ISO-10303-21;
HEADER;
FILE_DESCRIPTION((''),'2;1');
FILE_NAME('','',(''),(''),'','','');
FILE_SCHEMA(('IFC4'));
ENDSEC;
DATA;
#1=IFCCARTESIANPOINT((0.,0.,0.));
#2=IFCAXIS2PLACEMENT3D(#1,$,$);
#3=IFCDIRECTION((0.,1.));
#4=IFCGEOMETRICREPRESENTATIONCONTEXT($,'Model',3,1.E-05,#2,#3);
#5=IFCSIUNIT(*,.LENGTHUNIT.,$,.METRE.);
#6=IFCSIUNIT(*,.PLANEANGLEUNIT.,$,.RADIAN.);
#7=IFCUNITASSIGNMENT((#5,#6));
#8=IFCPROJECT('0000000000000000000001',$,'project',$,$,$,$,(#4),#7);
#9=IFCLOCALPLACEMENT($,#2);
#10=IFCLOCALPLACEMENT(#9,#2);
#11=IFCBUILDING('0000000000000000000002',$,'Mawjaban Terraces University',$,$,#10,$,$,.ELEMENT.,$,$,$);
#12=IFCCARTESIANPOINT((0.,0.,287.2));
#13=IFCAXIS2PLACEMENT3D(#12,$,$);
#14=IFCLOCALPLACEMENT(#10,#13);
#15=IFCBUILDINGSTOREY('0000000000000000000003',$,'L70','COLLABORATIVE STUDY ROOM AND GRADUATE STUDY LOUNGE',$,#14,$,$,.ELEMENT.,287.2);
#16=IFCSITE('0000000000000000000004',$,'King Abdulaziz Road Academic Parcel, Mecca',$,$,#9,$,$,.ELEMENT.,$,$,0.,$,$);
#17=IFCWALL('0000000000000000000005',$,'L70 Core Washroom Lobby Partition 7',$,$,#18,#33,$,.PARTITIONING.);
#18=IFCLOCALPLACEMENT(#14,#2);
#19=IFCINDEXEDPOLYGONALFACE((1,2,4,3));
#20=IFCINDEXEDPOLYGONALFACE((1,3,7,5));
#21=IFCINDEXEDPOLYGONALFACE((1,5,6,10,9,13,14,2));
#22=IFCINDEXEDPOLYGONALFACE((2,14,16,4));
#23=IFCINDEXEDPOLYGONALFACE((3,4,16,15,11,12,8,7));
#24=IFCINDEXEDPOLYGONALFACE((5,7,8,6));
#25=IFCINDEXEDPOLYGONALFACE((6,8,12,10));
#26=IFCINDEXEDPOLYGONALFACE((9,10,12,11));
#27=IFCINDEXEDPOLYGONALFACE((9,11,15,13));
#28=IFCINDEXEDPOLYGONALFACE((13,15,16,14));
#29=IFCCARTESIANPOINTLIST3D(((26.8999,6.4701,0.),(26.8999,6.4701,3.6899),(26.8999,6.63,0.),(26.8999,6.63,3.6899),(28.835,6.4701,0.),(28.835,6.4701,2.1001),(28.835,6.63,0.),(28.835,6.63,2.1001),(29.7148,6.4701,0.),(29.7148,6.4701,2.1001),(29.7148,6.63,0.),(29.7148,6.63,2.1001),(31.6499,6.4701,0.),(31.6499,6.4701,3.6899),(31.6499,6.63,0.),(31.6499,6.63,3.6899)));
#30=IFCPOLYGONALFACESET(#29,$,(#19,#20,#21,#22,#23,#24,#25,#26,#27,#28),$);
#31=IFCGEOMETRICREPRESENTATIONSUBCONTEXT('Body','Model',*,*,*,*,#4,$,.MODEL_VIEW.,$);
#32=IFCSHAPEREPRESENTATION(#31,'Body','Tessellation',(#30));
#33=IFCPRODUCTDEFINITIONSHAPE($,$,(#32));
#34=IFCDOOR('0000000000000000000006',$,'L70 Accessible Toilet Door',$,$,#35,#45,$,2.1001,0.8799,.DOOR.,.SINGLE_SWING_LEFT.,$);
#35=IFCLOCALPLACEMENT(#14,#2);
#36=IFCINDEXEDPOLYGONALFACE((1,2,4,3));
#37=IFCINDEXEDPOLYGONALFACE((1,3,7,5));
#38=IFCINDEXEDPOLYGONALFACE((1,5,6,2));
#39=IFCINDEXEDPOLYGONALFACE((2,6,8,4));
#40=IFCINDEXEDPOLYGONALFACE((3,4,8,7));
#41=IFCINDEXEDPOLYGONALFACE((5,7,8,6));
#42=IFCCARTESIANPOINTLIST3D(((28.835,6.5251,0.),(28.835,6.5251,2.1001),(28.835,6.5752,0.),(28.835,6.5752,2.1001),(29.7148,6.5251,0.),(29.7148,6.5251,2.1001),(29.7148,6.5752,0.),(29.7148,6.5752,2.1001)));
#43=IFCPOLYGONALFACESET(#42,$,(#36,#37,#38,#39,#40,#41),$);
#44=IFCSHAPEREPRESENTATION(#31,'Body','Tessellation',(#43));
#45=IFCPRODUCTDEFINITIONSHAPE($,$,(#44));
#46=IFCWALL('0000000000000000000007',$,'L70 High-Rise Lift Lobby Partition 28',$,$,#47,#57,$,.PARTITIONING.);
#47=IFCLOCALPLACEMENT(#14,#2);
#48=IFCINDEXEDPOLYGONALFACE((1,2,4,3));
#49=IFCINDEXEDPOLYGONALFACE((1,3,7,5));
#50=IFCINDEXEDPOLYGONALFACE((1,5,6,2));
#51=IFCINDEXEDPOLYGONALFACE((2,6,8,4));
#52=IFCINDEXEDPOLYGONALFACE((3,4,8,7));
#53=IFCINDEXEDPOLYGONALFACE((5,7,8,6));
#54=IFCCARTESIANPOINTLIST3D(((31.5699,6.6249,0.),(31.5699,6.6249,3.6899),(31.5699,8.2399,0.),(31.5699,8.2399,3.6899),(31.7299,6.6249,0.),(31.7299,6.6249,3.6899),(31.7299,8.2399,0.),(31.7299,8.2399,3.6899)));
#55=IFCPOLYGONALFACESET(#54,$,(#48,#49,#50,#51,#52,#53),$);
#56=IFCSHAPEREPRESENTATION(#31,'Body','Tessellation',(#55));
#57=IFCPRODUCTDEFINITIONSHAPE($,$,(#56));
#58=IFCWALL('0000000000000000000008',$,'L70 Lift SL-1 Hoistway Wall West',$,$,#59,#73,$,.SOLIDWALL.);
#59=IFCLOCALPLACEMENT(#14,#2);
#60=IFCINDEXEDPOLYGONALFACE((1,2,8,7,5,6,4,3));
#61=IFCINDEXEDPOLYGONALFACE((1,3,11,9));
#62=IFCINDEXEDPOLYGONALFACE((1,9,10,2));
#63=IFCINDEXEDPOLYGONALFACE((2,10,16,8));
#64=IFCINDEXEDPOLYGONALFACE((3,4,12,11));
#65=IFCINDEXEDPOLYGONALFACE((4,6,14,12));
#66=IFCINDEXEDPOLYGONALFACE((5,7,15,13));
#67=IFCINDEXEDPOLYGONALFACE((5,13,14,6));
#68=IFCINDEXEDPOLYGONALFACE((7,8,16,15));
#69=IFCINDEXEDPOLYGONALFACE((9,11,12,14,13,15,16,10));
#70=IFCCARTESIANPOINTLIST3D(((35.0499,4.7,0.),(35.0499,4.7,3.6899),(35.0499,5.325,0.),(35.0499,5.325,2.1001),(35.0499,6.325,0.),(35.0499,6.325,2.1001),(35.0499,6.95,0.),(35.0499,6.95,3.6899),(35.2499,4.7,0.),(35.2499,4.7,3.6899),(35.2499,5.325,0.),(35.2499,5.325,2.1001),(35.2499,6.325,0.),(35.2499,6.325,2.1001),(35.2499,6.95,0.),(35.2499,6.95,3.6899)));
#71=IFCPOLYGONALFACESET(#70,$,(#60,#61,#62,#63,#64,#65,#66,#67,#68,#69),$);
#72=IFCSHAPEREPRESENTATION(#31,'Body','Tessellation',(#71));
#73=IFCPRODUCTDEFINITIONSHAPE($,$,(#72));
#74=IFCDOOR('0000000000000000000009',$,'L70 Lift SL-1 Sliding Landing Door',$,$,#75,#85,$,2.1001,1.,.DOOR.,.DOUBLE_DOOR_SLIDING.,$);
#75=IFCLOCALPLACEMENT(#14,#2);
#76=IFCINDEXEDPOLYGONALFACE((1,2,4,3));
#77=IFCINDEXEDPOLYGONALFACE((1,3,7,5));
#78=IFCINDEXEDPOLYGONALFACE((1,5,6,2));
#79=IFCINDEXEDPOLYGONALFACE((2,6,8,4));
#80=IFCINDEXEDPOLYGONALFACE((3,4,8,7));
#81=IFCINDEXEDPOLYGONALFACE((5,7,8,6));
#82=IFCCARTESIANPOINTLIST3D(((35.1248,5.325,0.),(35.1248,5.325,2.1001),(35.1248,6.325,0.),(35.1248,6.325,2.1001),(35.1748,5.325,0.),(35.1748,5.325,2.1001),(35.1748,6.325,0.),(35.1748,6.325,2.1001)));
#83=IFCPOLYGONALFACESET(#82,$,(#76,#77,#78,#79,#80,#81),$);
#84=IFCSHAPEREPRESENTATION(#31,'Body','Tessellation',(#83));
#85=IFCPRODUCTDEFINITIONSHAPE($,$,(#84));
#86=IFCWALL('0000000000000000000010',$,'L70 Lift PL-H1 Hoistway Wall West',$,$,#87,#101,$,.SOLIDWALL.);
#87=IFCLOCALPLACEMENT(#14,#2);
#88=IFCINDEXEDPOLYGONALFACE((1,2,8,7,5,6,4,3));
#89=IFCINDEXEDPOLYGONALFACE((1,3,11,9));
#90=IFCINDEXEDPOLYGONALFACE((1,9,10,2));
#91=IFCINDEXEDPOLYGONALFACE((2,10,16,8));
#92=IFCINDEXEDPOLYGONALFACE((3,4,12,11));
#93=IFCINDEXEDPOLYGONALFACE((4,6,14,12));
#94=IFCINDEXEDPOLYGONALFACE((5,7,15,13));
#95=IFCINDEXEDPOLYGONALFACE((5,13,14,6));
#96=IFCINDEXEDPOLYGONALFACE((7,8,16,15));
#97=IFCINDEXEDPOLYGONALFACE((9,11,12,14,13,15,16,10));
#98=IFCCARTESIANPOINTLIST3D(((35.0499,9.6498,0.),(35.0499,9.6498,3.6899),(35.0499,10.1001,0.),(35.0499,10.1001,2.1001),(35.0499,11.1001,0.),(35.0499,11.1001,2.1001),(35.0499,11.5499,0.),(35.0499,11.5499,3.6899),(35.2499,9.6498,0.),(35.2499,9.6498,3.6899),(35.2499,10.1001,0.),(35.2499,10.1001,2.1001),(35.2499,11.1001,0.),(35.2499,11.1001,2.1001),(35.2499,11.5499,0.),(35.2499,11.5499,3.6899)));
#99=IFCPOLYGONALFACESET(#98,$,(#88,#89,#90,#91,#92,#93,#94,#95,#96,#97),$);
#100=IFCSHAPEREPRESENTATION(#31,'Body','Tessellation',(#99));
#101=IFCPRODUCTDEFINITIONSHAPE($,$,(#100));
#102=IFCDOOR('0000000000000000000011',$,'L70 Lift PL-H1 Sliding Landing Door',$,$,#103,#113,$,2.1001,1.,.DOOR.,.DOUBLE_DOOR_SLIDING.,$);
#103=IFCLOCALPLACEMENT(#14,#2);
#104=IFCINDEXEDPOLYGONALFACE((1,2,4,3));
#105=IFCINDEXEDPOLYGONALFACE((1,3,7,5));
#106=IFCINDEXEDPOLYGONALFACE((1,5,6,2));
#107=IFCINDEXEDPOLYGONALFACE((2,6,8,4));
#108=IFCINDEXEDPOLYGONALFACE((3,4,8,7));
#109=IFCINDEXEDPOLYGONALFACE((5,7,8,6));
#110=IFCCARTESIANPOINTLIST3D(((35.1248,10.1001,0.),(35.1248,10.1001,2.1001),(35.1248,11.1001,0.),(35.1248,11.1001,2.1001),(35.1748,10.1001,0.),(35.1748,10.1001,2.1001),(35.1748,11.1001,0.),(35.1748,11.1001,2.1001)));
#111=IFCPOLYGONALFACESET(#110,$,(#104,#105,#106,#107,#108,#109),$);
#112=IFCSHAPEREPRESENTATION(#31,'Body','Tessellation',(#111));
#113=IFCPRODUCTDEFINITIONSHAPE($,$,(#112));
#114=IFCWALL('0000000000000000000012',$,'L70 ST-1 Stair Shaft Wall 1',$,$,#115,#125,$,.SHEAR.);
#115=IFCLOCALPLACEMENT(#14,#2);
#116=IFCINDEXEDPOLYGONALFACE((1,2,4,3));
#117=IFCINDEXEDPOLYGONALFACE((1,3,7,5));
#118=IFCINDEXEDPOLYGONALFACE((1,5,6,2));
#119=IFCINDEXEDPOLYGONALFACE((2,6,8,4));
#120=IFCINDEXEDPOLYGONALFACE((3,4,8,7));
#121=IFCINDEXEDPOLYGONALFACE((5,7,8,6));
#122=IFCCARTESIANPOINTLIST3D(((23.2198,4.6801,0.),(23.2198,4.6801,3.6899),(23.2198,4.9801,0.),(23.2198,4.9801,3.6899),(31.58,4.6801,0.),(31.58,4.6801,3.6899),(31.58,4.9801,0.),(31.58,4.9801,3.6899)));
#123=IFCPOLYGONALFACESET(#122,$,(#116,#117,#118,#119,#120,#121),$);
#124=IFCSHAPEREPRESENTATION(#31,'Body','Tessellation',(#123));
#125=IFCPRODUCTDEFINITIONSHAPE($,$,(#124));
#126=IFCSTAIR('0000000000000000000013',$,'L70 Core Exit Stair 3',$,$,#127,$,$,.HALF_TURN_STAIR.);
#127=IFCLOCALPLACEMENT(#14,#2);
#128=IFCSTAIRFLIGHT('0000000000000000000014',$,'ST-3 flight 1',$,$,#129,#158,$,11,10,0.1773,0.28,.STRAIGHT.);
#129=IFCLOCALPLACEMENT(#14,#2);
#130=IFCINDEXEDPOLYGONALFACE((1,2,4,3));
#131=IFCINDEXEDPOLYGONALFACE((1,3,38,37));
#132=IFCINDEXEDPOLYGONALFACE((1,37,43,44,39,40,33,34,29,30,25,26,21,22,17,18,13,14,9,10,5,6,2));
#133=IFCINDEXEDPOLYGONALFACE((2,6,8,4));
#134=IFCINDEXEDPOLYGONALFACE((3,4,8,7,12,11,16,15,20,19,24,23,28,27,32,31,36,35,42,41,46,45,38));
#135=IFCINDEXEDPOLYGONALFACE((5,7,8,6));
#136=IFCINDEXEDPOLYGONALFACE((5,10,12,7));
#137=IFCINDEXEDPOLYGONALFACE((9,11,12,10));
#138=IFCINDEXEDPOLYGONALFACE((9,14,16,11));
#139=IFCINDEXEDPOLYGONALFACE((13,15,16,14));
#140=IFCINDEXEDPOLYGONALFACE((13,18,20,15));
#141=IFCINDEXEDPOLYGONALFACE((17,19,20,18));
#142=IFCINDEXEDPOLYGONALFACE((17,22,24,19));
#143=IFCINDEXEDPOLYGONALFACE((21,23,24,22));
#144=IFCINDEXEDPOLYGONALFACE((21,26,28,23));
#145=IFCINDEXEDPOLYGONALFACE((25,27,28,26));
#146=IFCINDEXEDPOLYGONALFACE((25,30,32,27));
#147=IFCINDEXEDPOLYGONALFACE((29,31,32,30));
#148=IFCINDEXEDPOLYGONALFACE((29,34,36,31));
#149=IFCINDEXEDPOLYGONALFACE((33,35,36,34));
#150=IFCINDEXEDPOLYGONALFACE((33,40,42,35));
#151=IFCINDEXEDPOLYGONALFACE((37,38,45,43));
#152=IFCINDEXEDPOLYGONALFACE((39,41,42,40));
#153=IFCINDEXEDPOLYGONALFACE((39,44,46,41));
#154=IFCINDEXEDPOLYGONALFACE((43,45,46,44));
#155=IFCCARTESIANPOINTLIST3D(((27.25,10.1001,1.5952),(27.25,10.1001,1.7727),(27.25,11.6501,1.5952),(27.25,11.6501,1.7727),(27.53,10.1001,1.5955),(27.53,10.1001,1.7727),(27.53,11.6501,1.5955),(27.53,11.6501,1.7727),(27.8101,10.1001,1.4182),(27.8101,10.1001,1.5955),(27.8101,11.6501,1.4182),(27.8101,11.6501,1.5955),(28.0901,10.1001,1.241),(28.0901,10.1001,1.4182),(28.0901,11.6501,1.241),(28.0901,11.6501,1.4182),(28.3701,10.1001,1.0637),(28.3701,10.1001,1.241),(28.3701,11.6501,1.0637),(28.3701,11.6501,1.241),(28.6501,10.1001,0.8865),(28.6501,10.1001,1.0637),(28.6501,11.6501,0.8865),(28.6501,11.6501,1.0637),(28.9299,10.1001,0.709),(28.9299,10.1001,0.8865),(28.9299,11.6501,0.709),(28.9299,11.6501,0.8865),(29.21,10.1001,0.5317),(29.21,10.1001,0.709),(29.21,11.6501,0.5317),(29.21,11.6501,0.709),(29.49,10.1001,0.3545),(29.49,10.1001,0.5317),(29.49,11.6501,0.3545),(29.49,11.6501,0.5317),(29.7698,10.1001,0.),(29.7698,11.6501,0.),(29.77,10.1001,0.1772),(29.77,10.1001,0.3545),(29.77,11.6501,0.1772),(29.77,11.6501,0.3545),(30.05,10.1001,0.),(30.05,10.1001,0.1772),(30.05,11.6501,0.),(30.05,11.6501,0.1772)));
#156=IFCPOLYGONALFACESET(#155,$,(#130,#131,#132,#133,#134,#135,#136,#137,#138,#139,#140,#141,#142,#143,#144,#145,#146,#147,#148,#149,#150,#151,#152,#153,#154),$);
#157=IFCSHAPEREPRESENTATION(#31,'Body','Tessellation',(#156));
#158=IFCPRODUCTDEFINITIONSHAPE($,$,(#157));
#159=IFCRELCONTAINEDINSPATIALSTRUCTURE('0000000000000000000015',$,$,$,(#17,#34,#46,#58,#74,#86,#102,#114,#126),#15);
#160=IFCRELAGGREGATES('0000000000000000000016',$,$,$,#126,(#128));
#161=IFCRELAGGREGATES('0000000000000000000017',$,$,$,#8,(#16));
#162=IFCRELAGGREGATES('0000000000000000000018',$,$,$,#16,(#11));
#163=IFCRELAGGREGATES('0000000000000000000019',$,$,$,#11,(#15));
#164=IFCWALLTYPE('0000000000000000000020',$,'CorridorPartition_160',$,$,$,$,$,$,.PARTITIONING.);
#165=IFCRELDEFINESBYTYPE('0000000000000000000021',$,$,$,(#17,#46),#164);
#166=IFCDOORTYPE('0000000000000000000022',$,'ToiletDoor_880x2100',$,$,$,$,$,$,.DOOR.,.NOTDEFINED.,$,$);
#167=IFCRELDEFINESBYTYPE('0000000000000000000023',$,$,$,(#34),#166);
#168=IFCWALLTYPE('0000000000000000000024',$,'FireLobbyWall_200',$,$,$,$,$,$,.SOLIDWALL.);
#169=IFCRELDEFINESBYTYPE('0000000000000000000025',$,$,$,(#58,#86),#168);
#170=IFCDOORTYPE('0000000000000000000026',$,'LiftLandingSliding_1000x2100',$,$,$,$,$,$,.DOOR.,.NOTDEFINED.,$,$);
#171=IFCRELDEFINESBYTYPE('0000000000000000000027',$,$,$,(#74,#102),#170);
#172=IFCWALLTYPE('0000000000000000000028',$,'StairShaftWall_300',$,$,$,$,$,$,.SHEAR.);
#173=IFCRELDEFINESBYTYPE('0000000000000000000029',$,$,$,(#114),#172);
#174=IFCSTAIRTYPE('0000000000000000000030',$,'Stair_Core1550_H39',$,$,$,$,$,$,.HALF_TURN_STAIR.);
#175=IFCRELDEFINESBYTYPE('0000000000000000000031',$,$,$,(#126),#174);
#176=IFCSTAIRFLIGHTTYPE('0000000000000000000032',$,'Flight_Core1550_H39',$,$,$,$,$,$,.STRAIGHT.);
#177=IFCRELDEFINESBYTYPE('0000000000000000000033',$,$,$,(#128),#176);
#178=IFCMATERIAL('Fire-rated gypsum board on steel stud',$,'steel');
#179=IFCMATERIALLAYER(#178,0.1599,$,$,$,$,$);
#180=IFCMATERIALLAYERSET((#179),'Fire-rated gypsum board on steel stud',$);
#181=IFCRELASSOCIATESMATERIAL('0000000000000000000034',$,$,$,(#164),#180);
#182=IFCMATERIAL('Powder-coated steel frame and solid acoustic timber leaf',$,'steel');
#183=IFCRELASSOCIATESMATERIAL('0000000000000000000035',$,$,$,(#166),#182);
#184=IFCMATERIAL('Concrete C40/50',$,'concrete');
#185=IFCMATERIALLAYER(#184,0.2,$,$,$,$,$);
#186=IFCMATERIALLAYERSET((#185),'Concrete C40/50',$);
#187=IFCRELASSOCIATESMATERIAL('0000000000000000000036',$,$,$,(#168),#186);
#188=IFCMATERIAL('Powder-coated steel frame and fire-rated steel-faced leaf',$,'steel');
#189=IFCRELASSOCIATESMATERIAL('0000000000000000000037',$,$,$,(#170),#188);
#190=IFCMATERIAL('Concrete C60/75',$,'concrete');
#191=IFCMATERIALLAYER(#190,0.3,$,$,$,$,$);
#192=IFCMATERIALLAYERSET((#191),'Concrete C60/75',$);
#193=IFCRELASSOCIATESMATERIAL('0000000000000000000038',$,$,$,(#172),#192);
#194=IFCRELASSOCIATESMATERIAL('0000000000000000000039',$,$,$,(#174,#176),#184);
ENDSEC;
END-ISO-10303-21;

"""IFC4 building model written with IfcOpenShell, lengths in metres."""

from ifc_helpers import new_model, si_unit, direction, frame, frame_2d, origin, place, context, subcontext, project, spatial, polyline, rectangle, outline, extrude, material, layer, layer_set, type_object, element, fill, aggregate, save


model = new_model("IFC4")

# Units and contexts
model_context = context("Model", 3, precision=1e-05, world=origin(), true_north=direction((0.0, 1.0)))
body_context = subcontext(model_context, "Body", "Model", "MODEL_VIEW")
ifc_project = project(units=[si_unit("LENGTHUNIT", "METRE"), si_unit("PLANEANGLEUNIT", "RADIAN")], contexts=[model_context])

# Site, building, storey
site_placement = place(None, origin())
site = spatial("IfcSite", under=ifc_project, at=site_placement, Name="King Abdulaziz Road Academic Parcel, Mecca", CompositionType="ELEMENT", RefElevation=0.0)
building_placement = place(site_placement, origin())
building = spatial("IfcBuilding", under=site, at=building_placement, Name="Mawjaban Terraces University", CompositionType="ELEMENT")
storey_placement = place(building_placement, frame((0.0, 0.0, 287.2)))
storey = spatial("IfcBuildingStorey", under=building, at=storey_placement, Name="L70", Description="COLLABORATIVE STUDY ROOM AND GRADUATE STUDY LOUNGE", CompositionType="ELEMENT", Elevation=287.2)

# Wall, opening, door
ifc_material_1 = material(Name="Fire-rated gypsum board on steel stud", Category="steel")
ifc_layer_1 = layer(ifc_material_1, 0.1599)
ifc_layer_set_1 = layer_set([ifc_layer_1], Name="Fire-rated gypsum board on steel stud")
wall_type_1 = type_object("IfcWallType", Name="CorridorPartition_160", PredefinedType="PARTITIONING", material=ifc_layer_set_1)
wall_1_placement = place(storey_placement, frame((31.6499, 6.55, 0.0), z_axis=(0.0, 0.0, 1.0), x_axis=(-1.0, 0.0, 0.0)))
wall_1 = element("IfcWall", 1, at=wall_1_placement, inside=storey, type_object=wall_type_1, Name="L70 Core Washroom Lobby Partition 7", PredefinedType="PARTITIONING", context=body_context, shape_type="SweptSolid", body=[
    extrude(rectangle(XDim=4.75, YDim=0.1599, at=frame_2d((2.375, 0.0))), origin(), (0.0, 0.0, 1.0), 3.6899),
])
opening_1_placement = place(wall_1_placement, frame((1.9351, 0.0, 0.0)))
opening_1 = element("IfcOpeningElement", 2, at=opening_1_placement, cuts=wall_1, PredefinedType="OPENING", context=body_context, shape_type="SweptSolid", body=[
    extrude(rectangle(XDim=0.8799, YDim=2.1001, at=frame_2d((0.4399, 1.05))), frame((0.0, 0.0898, 0.0), z_axis=(0.0, -1.0, 0.0), x_axis=(1.0, 0.0, 0.0)), (0.0, 0.0, 1.0), 0.1799),
])
ifc_material_2 = material(Name="Powder-coated steel frame and solid acoustic timber leaf", Category="steel")
door_type_1 = type_object("IfcDoorType", Name="ToiletDoor_880x2100", OperationType="NOTDEFINED", PredefinedType="DOOR", material=ifc_material_2)
door_1_placement = place(opening_1_placement, origin())
door_1 = element("IfcDoor", 3, at=door_1_placement, inside=storey, type_object=door_type_1, Name="L70 Accessible Toilet Door", OperationType="SINGLE_SWING_LEFT", OverallHeight=2.1001, OverallWidth=0.8799, PredefinedType="DOOR", context=body_context, shape_type="SweptSolid", body=[
    extrude(rectangle(XDim=0.8799, YDim=2.1001, at=frame_2d((0.4399, 1.05))), frame((0.0, 0.0249, 0.0), z_axis=(0.0, -1.0, 0.0), x_axis=(1.0, 0.0, 0.0)), (0.0, 0.0, 1.0), 0.05),
])
fill(opening_1, door_1)

# Wall
wall_2_placement = place(storey_placement, frame((31.6499, 8.24, 0.0), z_axis=(0.0, 0.0, 1.0), x_axis=(0.0, -1.0, 0.0)))
element("IfcWall", 4, at=wall_2_placement, inside=storey, type_object=wall_type_1, Name="L70 High-Rise Lift Lobby Partition 28", PredefinedType="PARTITIONING", context=body_context, shape_type="SweptSolid", body=[
    extrude(rectangle(XDim=1.615, YDim=0.1599, at=frame_2d((0.8076, 0.0))), origin(), (0.0, 0.0, 1.0), 3.6899),
])

# Walls, openings, doors
ifc_material_3 = material(Name="Concrete C40/50", Category="concrete")
ifc_layer_2 = layer(ifc_material_3, 0.2)
ifc_layer_set_2 = layer_set([ifc_layer_2], Name="Concrete C40/50")
wall_type_2 = type_object("IfcWallType", Name="FireLobbyWall_200", PredefinedType="SOLIDWALL", material=ifc_layer_set_2)
wall_3_placement = place(storey_placement, frame((35.1499, 6.95, 0.0), z_axis=(0.0, 0.0, 1.0), x_axis=(0.0, -1.0, 0.0)))
wall_3 = element("IfcWall", 5, at=wall_3_placement, inside=storey, type_object=wall_type_2, Name="L70 Lift SL-1 Hoistway Wall West", PredefinedType="SOLIDWALL", context=body_context, shape_type="SweptSolid", body=[
    extrude(rectangle(XDim=2.25, YDim=0.2, at=frame_2d((1.125, 0.0))), origin(), (0.0, 0.0, 1.0), 3.6899),
])
opening_2_placement = place(wall_3_placement, frame((0.625, 0.0, 0.0)))
opening_2 = element("IfcOpeningElement", 6, at=opening_2_placement, cuts=wall_3, PredefinedType="OPENING", context=body_context, shape_type="SweptSolid", body=[
    extrude(rectangle(XDim=1.0, YDim=2.1001, at=frame_2d((0.5, 1.05))), frame((0.0, 0.1099, 0.0), z_axis=(0.0, -1.0, 0.0), x_axis=(1.0, 0.0, 0.0)), (0.0, 0.0, 1.0), 0.22),
])
ifc_material_4 = material(Name="Powder-coated steel frame and fire-rated steel-faced leaf", Category="steel")
door_type_2 = type_object("IfcDoorType", Name="LiftLandingSliding_1000x2100", OperationType="NOTDEFINED", PredefinedType="DOOR", material=ifc_material_4)
door_2_placement = place(opening_2_placement, origin())
door_2 = element("IfcDoor", 7, at=door_2_placement, inside=storey, type_object=door_type_2, Name="L70 Lift SL-1 Sliding Landing Door", OperationType="DOUBLE_DOOR_SLIDING", OverallHeight=2.1001, OverallWidth=1.0, PredefinedType="DOOR", context=body_context, shape_type="SweptSolid", body=[
    extrude(rectangle(XDim=1.0, YDim=2.1001, at=frame_2d((0.5, 1.05))), frame((0.0, 0.0249, 0.0), z_axis=(0.0, -1.0, 0.0), x_axis=(1.0, 0.0, 0.0)), (0.0, 0.0, 1.0), 0.05),
])
fill(opening_2, door_2)
wall_4_placement = place(storey_placement, frame((35.1499, 11.55, 0.0), z_axis=(0.0, 0.0, 1.0), x_axis=(0.0, -1.0, 0.0)))
wall_4 = element("IfcWall", 8, at=wall_4_placement, inside=storey, type_object=wall_type_2, Name="L70 Lift PL-H1 Hoistway Wall West", PredefinedType="SOLIDWALL", context=body_context, shape_type="SweptSolid", body=[
    extrude(rectangle(XDim=1.9001, YDim=0.2, at=frame_2d((0.9502, 0.0))), origin(), (0.0, 0.0, 1.0), 3.6899),
])
opening_3_placement = place(wall_4_placement, frame((0.45, 0.0, 0.0)))
opening_3 = element("IfcOpeningElement", 9, at=opening_3_placement, cuts=wall_4, PredefinedType="OPENING", context=body_context, shape_type="SweptSolid", body=[
    extrude(rectangle(XDim=1.0, YDim=2.1001, at=frame_2d((0.5, 1.05))), frame((0.0, 0.1099, 0.0), z_axis=(0.0, -1.0, 0.0), x_axis=(1.0, 0.0, 0.0)), (0.0, 0.0, 1.0), 0.22),
])
door_3_placement = place(opening_3_placement, origin())
door_3 = element("IfcDoor", 10, at=door_3_placement, inside=storey, type_object=door_type_2, Name="L70 Lift PL-H1 Sliding Landing Door", OperationType="DOUBLE_DOOR_SLIDING", OverallHeight=2.1001, OverallWidth=1.0, PredefinedType="DOOR", context=body_context, shape_type="SweptSolid", body=[
    extrude(rectangle(XDim=1.0, YDim=2.1001, at=frame_2d((0.5, 1.05))), frame((0.0, 0.0249, 0.0), z_axis=(0.0, -1.0, 0.0), x_axis=(1.0, 0.0, 0.0)), (0.0, 0.0, 1.0), 0.05),
])
fill(opening_3, door_3)

# Wall
ifc_material_5 = material(Name="Concrete C60/75", Category="concrete")
ifc_layer_3 = layer(ifc_material_5, 0.3)
ifc_layer_set_3 = layer_set([ifc_layer_3], Name="Concrete C60/75")
wall_type_3 = type_object("IfcWallType", Name="StairShaftWall_300", PredefinedType="SHEAR", material=ifc_layer_set_3)
wall_5_placement = place(storey_placement, frame((31.5801, 4.8301, 0.0), z_axis=(0.0, 0.0, 1.0), x_axis=(-1.0, 0.0, 0.0)))
element("IfcWall", 11, at=wall_5_placement, inside=storey, type_object=wall_type_3, Name="L70 ST-1 Stair Shaft Wall 1", PredefinedType="SHEAR", context=body_context, shape_type="SweptSolid", body=[
    extrude(rectangle(XDim=8.3601, YDim=0.3, at=frame_2d((4.1802, 0.0))), origin(), (0.0, 0.0, 1.0), 3.6899),
])

# Stair, stair flight
stair_type = type_object("IfcStairType", Name="Stair_Core1550_H39", PredefinedType="HALF_TURN_STAIR", material=ifc_material_3)
stair_placement = place(storey_placement, origin())
stair = element("IfcStair", 12, at=stair_placement, inside=storey, type_object=stair_type, Name="L70 Core Exit Stair 3", PredefinedType="HALF_TURN_STAIR")
stair_flight_type = type_object("IfcStairFlightType", Name="Flight_Core1550_H39", PredefinedType="STRAIGHT", material=ifc_material_3)
stair_flight_1_placement = place(storey_placement, frame((30.05, 10.875, 0.0), z_axis=(0.0, 0.0, 1.0), x_axis=(-1.0, 0.0, 0.0)))
stair_flight_1 = element("IfcStairFlight", 13, at=stair_flight_1_placement, type_object=stair_flight_type, Name="ST-3 flight 1", NumberOfRisers=11, NumberOfTreads=10, PredefinedType="STRAIGHT", RiserHeight=0.1773, TreadLength=0.28, context=body_context, shape_type="SweptSolid", body=[
    extrude(outline(polyline([(0.0, 0.0), (0.0, 0.1772), (0.28, 0.1772), (0.28, 0.3545), (0.5601, 0.3545), (0.5601, 0.5317), (0.8401, 0.5317), (0.8401, 0.709), (1.1201, 0.709), (1.1201, 0.8865), (1.3999, 0.8865), (1.3999, 1.0637), (1.6799, 1.0637), (1.6799, 1.241), (1.96, 1.241), (1.96, 1.4182), (2.24, 1.4182), (2.24, 1.5955), (2.52, 1.5955), (2.52, 1.7727), (2.8, 1.7727), (2.8, 1.95), (2.8, 1.5952), (0.2803, 0.0), (0.0, 0.0)])), frame((0.0, 0.7749, 0.0), z_axis=(0.0, -1.0, 0.0), x_axis=(1.0, 0.0, 0.0)), (0.0, 0.0, 1.0), 1.55),
])
aggregate(stair, [stair_flight_1])

save(model, "model.ifc")
